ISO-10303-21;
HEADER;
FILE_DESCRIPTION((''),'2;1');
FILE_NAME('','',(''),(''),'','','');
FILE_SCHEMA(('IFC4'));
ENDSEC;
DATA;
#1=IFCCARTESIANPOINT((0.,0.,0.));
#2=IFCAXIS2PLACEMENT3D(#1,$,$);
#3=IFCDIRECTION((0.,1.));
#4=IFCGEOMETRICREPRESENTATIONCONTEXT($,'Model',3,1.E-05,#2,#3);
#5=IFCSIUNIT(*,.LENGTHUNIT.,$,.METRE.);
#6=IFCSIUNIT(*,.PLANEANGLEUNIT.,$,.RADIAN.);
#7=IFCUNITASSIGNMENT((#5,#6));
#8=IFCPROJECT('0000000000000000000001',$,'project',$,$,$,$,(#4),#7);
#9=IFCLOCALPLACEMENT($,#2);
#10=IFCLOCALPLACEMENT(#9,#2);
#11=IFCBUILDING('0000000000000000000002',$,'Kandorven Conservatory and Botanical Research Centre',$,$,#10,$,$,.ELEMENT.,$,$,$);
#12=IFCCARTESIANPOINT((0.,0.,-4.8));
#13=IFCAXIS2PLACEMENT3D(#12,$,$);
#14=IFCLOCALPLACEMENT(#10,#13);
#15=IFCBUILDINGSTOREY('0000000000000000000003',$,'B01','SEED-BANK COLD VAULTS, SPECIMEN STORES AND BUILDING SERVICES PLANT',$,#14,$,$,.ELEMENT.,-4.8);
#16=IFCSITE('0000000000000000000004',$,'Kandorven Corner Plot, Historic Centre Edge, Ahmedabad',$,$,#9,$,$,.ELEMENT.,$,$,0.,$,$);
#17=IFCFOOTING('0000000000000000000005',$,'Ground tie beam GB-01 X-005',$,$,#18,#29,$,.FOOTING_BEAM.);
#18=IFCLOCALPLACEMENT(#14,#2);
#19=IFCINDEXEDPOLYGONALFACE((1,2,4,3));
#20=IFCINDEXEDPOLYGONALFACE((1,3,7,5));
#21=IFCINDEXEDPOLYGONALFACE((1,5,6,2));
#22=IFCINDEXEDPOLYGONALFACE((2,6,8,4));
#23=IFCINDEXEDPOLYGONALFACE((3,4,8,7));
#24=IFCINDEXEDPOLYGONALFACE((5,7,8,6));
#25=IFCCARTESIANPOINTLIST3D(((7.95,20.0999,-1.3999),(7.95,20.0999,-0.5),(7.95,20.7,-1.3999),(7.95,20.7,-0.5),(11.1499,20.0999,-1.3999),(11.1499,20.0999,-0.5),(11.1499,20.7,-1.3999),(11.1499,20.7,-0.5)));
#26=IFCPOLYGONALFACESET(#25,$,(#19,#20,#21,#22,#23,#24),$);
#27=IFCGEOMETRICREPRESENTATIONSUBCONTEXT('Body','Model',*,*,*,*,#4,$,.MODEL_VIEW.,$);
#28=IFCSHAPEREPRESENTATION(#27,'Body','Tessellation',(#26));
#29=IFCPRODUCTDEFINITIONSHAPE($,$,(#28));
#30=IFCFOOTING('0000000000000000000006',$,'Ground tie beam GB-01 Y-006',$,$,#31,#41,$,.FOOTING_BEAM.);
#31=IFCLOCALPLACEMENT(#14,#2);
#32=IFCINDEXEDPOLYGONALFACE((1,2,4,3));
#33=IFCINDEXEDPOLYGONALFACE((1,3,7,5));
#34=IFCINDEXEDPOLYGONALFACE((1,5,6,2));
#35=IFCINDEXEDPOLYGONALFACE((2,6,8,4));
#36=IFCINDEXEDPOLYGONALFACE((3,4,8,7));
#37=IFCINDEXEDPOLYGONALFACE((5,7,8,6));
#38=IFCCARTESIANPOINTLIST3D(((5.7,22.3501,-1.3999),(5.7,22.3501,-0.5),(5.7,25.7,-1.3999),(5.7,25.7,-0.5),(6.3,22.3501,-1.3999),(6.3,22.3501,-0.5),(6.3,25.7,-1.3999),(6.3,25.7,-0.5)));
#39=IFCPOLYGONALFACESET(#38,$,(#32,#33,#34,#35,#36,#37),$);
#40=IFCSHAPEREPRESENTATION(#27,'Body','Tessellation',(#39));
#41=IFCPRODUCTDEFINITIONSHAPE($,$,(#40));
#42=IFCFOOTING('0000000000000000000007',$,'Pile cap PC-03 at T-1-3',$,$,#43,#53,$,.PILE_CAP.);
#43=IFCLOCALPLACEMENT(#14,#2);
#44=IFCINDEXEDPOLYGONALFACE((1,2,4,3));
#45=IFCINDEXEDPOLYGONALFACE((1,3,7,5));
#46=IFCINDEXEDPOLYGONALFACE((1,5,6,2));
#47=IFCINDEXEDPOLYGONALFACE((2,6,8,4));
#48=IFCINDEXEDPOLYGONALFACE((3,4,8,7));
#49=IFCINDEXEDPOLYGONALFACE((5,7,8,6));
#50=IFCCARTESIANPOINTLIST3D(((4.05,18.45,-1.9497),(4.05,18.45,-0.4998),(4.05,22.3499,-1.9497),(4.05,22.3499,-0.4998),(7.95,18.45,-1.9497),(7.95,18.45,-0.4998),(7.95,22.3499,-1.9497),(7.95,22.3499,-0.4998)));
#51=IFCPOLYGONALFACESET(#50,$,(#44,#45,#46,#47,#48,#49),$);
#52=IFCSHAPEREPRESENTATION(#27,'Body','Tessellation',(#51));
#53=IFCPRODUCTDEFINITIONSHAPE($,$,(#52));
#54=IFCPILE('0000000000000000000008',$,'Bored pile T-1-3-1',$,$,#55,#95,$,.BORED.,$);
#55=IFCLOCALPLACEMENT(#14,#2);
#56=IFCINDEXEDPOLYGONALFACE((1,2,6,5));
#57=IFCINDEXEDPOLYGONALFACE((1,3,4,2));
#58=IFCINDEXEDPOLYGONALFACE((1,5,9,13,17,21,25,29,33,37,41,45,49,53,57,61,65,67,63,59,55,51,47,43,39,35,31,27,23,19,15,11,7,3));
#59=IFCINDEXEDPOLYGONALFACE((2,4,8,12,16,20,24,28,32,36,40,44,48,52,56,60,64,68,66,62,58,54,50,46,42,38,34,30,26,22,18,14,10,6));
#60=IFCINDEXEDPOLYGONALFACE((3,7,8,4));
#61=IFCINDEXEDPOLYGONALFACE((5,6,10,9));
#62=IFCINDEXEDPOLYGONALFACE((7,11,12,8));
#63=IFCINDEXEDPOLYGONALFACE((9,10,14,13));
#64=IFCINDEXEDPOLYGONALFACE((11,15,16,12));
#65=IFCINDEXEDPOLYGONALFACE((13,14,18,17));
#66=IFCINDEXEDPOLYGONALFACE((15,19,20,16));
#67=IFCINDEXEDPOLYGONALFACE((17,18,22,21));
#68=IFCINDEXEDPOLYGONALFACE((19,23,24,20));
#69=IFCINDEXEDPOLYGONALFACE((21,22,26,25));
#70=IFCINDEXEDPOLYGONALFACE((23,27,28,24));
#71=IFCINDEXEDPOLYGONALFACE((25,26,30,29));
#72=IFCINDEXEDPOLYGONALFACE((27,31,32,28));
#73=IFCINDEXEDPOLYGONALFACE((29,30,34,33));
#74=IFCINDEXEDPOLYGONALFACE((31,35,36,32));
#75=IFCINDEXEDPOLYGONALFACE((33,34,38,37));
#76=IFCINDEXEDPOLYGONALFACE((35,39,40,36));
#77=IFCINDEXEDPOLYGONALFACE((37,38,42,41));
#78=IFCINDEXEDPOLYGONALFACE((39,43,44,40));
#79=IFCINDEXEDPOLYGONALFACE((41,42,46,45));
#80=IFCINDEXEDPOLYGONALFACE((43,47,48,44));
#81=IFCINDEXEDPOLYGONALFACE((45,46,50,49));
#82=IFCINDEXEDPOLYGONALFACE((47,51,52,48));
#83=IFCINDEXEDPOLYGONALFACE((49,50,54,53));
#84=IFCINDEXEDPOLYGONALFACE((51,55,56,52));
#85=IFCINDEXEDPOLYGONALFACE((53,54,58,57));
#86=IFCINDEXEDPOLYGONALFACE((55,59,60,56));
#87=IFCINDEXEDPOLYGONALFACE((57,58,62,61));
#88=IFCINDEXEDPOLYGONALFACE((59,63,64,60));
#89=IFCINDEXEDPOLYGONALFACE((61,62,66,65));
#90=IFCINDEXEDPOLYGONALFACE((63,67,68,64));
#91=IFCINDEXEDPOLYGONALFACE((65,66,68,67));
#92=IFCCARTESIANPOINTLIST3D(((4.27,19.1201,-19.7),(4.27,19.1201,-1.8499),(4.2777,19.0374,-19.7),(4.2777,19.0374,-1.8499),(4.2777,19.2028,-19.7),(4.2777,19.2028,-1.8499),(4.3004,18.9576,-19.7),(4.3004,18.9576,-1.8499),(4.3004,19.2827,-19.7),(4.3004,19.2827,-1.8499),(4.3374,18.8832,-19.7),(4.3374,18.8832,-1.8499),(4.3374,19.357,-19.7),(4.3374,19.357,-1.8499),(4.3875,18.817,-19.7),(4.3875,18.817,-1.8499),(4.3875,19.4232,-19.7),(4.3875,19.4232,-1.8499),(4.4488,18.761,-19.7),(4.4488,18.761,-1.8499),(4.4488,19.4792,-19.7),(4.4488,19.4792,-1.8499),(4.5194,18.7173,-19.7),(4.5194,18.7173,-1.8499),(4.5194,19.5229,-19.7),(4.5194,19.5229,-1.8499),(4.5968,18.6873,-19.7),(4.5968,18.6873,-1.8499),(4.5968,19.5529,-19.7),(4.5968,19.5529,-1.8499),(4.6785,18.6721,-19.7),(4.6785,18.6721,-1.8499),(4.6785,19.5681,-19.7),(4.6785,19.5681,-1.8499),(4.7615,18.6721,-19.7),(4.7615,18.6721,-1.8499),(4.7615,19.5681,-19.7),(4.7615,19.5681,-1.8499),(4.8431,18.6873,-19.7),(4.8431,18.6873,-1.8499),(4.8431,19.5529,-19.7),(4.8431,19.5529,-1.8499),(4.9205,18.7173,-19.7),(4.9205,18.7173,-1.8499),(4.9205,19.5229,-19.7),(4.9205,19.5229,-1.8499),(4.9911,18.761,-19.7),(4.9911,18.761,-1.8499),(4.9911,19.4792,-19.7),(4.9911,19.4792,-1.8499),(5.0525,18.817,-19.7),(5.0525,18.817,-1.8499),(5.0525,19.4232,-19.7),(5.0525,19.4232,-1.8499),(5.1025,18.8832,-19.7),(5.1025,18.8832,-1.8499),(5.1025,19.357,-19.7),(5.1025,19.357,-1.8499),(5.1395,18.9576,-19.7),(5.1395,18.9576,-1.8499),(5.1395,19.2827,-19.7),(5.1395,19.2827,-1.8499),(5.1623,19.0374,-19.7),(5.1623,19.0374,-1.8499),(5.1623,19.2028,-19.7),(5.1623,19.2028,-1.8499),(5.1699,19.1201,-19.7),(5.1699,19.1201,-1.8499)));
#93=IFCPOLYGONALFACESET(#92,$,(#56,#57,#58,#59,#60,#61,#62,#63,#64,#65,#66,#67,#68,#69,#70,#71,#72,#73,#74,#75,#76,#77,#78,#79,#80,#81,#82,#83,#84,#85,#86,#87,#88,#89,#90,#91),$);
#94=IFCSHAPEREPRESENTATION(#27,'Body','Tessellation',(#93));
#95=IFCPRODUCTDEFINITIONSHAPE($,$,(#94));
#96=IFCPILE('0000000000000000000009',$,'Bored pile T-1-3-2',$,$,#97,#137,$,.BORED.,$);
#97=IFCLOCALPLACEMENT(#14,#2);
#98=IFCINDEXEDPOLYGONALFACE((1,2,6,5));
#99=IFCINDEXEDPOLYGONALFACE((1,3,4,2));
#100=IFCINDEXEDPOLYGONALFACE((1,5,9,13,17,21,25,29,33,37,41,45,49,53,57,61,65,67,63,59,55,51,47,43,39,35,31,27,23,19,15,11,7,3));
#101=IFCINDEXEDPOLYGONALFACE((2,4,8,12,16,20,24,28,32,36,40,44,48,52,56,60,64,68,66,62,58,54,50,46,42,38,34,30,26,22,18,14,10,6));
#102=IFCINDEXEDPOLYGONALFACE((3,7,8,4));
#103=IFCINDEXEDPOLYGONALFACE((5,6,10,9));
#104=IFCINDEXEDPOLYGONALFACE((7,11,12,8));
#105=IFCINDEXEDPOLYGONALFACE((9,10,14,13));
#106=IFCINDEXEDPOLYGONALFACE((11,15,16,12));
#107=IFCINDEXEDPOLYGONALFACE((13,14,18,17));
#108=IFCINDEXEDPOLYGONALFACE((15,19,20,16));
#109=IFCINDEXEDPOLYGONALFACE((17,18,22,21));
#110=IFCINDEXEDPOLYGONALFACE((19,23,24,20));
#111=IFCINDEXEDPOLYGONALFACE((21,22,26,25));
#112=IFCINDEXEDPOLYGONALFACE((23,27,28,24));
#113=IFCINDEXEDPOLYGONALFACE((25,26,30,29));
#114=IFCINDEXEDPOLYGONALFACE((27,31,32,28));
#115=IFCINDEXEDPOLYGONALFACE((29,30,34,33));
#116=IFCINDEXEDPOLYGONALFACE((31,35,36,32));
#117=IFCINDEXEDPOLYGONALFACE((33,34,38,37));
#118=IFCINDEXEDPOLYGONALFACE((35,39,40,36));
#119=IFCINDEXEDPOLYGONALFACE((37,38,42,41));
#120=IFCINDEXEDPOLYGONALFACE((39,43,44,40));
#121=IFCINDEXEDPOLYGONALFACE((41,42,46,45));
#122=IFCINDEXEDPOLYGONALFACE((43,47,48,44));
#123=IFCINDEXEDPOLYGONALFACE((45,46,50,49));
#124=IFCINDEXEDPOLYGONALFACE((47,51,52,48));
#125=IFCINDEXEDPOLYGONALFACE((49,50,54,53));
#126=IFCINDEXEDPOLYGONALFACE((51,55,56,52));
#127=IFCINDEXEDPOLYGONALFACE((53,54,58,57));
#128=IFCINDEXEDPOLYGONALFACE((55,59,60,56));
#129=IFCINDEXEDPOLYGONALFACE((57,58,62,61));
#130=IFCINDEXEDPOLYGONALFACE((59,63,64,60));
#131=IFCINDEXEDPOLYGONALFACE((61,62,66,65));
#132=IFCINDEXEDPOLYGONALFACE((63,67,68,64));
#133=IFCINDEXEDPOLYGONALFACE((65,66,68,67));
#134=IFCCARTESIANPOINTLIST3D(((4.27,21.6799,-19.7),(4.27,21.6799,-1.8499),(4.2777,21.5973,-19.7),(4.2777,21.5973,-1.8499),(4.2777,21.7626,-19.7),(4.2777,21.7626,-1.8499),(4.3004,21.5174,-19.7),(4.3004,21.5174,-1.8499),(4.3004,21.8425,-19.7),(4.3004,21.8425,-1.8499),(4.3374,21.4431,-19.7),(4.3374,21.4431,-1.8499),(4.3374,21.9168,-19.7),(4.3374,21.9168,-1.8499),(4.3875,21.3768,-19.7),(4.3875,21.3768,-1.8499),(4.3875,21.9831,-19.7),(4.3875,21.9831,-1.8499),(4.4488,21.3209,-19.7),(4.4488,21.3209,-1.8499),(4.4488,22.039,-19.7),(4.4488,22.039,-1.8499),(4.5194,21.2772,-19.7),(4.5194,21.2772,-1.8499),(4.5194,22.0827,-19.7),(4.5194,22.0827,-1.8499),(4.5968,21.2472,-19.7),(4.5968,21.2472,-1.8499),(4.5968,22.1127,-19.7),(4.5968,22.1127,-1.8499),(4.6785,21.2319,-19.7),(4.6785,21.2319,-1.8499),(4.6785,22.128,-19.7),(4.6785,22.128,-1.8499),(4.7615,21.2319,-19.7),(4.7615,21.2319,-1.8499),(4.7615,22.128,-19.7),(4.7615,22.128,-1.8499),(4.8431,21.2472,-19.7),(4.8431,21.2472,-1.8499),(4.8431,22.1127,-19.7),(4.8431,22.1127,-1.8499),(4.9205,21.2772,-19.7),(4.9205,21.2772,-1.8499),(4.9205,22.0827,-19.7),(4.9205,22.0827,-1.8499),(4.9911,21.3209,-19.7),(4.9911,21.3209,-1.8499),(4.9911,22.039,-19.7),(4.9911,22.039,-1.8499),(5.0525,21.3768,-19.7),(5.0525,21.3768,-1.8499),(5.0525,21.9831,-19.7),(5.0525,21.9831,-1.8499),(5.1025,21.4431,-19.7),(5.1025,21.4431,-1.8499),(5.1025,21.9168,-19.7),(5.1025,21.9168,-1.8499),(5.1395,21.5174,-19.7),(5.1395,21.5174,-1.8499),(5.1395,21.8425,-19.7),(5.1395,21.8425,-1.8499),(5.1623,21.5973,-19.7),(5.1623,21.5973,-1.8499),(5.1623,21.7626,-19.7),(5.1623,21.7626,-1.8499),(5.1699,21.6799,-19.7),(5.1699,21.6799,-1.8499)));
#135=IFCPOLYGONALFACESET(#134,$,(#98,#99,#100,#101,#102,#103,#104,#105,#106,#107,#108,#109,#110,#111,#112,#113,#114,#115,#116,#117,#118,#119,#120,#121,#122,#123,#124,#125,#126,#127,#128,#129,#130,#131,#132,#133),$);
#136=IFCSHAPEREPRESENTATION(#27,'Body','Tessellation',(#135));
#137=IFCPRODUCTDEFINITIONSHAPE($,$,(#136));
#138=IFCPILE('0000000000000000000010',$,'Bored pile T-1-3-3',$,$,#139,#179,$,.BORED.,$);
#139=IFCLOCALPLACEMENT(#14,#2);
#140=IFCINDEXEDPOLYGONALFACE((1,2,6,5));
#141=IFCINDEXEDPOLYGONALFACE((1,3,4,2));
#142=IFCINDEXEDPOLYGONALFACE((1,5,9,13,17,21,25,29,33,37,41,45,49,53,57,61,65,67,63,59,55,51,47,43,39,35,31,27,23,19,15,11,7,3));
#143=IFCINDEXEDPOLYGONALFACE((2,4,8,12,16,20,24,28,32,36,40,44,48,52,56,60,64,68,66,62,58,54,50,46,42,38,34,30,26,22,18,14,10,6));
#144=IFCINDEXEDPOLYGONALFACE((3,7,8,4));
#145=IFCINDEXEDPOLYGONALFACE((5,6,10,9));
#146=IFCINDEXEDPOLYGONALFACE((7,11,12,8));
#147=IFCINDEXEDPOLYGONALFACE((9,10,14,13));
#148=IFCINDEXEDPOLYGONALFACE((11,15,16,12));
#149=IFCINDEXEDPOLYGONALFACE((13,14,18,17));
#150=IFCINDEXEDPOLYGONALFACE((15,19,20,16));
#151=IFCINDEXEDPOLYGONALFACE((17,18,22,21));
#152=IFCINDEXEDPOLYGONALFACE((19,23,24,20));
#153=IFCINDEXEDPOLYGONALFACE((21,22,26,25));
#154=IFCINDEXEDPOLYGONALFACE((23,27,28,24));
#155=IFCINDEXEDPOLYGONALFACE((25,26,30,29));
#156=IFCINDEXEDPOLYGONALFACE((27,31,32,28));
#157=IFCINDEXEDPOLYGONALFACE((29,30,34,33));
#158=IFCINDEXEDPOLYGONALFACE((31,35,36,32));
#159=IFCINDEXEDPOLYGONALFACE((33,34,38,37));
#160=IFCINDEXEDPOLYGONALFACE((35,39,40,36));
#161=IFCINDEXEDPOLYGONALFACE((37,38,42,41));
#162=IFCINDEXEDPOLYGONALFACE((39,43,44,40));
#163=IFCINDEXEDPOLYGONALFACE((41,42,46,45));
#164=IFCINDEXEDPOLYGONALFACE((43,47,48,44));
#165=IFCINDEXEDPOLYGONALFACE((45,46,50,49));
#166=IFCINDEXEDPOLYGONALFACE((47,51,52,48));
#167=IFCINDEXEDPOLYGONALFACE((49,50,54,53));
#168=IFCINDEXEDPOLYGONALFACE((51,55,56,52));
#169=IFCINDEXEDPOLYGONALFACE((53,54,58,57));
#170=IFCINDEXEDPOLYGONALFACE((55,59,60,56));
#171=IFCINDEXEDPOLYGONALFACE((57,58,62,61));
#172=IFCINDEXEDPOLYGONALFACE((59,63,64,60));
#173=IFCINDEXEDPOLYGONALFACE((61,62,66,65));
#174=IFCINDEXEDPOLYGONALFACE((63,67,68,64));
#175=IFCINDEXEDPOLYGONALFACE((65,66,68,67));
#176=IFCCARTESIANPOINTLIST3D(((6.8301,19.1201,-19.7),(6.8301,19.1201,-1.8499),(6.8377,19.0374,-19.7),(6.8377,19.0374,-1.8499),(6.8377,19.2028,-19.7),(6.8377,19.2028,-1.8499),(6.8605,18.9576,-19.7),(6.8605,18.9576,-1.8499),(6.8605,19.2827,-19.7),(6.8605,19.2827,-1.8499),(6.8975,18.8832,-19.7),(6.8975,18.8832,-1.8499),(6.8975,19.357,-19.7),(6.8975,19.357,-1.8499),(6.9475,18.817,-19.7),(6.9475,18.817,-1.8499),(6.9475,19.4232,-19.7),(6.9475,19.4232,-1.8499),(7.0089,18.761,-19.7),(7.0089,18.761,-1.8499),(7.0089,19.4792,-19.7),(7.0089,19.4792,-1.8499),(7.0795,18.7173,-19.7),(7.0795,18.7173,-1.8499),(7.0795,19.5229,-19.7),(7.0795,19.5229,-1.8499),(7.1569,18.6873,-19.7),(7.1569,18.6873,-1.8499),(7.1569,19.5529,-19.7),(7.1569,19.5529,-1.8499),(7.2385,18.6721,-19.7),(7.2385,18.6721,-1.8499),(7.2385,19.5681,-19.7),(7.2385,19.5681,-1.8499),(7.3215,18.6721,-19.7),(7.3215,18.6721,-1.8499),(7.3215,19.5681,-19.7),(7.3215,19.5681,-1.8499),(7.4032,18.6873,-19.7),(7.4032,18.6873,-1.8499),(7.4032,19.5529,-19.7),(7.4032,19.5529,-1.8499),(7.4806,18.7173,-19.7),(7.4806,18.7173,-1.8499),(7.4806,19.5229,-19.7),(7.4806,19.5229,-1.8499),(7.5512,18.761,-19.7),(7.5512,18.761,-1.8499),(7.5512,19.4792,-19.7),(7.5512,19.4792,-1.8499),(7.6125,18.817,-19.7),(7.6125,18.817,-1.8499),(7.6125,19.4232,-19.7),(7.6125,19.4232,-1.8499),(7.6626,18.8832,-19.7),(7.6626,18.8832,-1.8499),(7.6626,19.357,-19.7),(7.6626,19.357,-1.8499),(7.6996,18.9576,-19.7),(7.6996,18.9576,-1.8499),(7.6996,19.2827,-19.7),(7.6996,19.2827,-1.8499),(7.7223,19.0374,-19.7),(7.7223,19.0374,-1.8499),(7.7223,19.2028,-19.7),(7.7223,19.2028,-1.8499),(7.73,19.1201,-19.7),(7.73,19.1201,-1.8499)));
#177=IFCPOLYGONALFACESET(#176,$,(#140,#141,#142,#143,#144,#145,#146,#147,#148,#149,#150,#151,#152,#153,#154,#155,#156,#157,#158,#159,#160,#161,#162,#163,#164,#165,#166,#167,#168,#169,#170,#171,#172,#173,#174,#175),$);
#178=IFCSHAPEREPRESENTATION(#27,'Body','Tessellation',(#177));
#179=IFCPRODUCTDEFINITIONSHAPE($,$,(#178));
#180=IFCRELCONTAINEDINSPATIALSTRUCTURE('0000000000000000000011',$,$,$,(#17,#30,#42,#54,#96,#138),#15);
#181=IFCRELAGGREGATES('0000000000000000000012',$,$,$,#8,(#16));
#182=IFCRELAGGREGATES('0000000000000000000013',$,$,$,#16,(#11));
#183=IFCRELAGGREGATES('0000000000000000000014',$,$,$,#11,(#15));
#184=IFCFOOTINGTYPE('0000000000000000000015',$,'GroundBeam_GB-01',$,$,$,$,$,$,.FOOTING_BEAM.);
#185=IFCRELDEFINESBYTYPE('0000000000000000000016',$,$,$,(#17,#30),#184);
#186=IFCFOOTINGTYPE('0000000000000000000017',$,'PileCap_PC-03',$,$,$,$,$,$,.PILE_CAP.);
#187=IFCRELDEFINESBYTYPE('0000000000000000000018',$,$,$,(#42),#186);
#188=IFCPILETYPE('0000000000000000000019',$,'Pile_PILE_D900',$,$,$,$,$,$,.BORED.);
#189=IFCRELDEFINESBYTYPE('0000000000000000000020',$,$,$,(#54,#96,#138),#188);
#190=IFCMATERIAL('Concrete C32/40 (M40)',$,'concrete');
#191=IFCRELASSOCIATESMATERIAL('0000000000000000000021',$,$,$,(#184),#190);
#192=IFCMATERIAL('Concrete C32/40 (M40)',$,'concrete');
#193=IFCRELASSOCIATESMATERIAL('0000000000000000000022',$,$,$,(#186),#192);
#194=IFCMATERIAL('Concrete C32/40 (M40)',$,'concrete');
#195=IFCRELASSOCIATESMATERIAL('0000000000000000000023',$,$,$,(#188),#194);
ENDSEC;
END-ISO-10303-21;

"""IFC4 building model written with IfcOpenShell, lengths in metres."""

from ifc_helpers import new_model, si_unit, direction, frame, origin, origin_2d, place, context, subcontext, project, spatial, rectangle, circle, extrude, material, material_profile, profile_set, type_object, element, save


model = new_model("IFC4")

# Units and contexts
model_context = context("Model", 3, precision=1e-05, world=origin(), true_north=direction((0.0, 1.0)))
body_context = subcontext(model_context, "Body", "Model", "MODEL_VIEW")
ifc_project = project(units=[si_unit("LENGTHUNIT", "METRE"), si_unit("PLANEANGLEUNIT", "RADIAN")], contexts=[model_context])

# Site, building, storey
site_placement = place(None, origin())
site = spatial("IfcSite", under=ifc_project, at=site_placement, Name="Kandorven Corner Plot, Historic Centre Edge, Ahmedabad", CompositionType="ELEMENT", RefElevation=0.0)
building_placement = place(site_placement, origin())
building = spatial("IfcBuilding", under=site, at=building_placement, Name="Kandorven Conservatory and Botanical Research Centre", CompositionType="ELEMENT")
storey_placement = place(building_placement, frame((0.0, 0.0, -4.8)))
storey = spatial("IfcBuildingStorey", under=building, at=storey_placement, Name="B01", Description="SEED-BANK COLD VAULTS, SPECIMEN STORES AND BUILDING SERVICES PLANT", CompositionType="ELEMENT", Elevation=-4.8)

# Footings
ifc_material_1 = material(Name="Concrete C32/40 (M40)", Category="concrete")
ifc_material_profile_1 = material_profile(ifc_material_1, rectangle(XDim=0.6001, YDim=0.8999, at=origin_2d()))
ifc_profile_set_1 = profile_set([ifc_material_profile_1], Name="Concrete C32/40 (M40)")
footing_type_1 = type_object("IfcFootingType", Name="GroundBeam_GB-01", PredefinedType="FOOTING_BEAM", material=ifc_profile_set_1)
footing_1_placement = place(storey_placement, frame((7.95, 20.3999, -0.95), z_axis=(1.0, 0.0, 0.0), x_axis=(0.0, 1.0, 0.0)))
element("IfcFooting", 1, at=footing_1_placement, inside=storey, type_object=footing_type_1, Name="Ground tie beam GB-01 X-005", PredefinedType="FOOTING_BEAM", context=body_context, shape_type="SweptSolid", body=[
    extrude(rectangle(XDim=0.6001, YDim=0.8999, at=origin_2d()), origin(), (0.0, 0.0, 1.0), 3.2),
])
footing_2_placement = place(storey_placement, frame((6.0, 22.3501, -0.95), z_axis=(0.0, 1.0, 0.0), x_axis=(-1.0, 0.0, 0.0)))
element("IfcFooting", 2, at=footing_2_placement, inside=storey, type_object=footing_type_1, Name="Ground tie beam GB-01 Y-006", PredefinedType="FOOTING_BEAM", context=body_context, shape_type="SweptSolid", body=[
    extrude(rectangle(XDim=0.6001, YDim=0.8999, at=origin_2d()), origin(), (0.0, 0.0, 1.0), 3.3499),
])
ifc_material_2 = material(Name="Concrete C32/40 (M40)", Category="concrete")
footing_type_2 = type_object("IfcFootingType", Name="PileCap_PC-03", PredefinedType="PILE_CAP", material=ifc_material_2)
footing_3_placement = place(storey_placement, frame((6.0, 20.3999, -1.9497), z_axis=(0.0, 0.0, 1.0), x_axis=(1.0, 0.0, 0.0)))
element("IfcFooting", 3, at=footing_3_placement, inside=storey, type_object=footing_type_2, Name="Pile cap PC-03 at T-1-3", PredefinedType="PILE_CAP", context=body_context, shape_type="SweptSolid", body=[
    extrude(rectangle(XDim=3.8999, YDim=3.8999, at=origin_2d()), origin(), (0.0, 0.0, 1.0), 1.45),
])

# Piles
ifc_material_3 = material(Name="Concrete C32/40 (M40)", Category="concrete")
ifc_material_profile_2 = material_profile(ifc_material_3, circle(Radius=0.45, at=origin_2d()))
ifc_profile_set_2 = profile_set([ifc_material_profile_2], Name="Concrete C32/40 (M40)")
pile_type = type_object("IfcPileType", Name="Pile_PILE_D900", PredefinedType="BORED", material=ifc_profile_set_2)
for number, where, z_axis, x_axis, name in (
    (4, (4.72, 19.1201, -1.8499), (0.0, 0.0, -1.0), (1.0, 0.0, 0.0), "Bored pile T-1-3-1"),
    (5, (4.72, 21.6799, -1.8499), (0.0, 0.0, -1.0), (1.0, 0.0, 0.0), "Bored pile T-1-3-2"),
    (6, (7.28, 19.1201, -1.8499), (0.0, 0.0, -1.0), (1.0, 0.0, 0.0), "Bored pile T-1-3-3"),
):
    element("IfcPile", number, at=place(storey_placement, frame(where, z_axis=z_axis, x_axis=x_axis)), inside=storey, type_object=pile_type, Name=name, PredefinedType="BORED", context=body_context, shape_type="SweptSolid", body=[
        extrude(circle(Radius=0.45, at=origin_2d()), origin(), (0.0, 0.0, 1.0), 17.8501),
    ])

save(model, "model.ifc")
